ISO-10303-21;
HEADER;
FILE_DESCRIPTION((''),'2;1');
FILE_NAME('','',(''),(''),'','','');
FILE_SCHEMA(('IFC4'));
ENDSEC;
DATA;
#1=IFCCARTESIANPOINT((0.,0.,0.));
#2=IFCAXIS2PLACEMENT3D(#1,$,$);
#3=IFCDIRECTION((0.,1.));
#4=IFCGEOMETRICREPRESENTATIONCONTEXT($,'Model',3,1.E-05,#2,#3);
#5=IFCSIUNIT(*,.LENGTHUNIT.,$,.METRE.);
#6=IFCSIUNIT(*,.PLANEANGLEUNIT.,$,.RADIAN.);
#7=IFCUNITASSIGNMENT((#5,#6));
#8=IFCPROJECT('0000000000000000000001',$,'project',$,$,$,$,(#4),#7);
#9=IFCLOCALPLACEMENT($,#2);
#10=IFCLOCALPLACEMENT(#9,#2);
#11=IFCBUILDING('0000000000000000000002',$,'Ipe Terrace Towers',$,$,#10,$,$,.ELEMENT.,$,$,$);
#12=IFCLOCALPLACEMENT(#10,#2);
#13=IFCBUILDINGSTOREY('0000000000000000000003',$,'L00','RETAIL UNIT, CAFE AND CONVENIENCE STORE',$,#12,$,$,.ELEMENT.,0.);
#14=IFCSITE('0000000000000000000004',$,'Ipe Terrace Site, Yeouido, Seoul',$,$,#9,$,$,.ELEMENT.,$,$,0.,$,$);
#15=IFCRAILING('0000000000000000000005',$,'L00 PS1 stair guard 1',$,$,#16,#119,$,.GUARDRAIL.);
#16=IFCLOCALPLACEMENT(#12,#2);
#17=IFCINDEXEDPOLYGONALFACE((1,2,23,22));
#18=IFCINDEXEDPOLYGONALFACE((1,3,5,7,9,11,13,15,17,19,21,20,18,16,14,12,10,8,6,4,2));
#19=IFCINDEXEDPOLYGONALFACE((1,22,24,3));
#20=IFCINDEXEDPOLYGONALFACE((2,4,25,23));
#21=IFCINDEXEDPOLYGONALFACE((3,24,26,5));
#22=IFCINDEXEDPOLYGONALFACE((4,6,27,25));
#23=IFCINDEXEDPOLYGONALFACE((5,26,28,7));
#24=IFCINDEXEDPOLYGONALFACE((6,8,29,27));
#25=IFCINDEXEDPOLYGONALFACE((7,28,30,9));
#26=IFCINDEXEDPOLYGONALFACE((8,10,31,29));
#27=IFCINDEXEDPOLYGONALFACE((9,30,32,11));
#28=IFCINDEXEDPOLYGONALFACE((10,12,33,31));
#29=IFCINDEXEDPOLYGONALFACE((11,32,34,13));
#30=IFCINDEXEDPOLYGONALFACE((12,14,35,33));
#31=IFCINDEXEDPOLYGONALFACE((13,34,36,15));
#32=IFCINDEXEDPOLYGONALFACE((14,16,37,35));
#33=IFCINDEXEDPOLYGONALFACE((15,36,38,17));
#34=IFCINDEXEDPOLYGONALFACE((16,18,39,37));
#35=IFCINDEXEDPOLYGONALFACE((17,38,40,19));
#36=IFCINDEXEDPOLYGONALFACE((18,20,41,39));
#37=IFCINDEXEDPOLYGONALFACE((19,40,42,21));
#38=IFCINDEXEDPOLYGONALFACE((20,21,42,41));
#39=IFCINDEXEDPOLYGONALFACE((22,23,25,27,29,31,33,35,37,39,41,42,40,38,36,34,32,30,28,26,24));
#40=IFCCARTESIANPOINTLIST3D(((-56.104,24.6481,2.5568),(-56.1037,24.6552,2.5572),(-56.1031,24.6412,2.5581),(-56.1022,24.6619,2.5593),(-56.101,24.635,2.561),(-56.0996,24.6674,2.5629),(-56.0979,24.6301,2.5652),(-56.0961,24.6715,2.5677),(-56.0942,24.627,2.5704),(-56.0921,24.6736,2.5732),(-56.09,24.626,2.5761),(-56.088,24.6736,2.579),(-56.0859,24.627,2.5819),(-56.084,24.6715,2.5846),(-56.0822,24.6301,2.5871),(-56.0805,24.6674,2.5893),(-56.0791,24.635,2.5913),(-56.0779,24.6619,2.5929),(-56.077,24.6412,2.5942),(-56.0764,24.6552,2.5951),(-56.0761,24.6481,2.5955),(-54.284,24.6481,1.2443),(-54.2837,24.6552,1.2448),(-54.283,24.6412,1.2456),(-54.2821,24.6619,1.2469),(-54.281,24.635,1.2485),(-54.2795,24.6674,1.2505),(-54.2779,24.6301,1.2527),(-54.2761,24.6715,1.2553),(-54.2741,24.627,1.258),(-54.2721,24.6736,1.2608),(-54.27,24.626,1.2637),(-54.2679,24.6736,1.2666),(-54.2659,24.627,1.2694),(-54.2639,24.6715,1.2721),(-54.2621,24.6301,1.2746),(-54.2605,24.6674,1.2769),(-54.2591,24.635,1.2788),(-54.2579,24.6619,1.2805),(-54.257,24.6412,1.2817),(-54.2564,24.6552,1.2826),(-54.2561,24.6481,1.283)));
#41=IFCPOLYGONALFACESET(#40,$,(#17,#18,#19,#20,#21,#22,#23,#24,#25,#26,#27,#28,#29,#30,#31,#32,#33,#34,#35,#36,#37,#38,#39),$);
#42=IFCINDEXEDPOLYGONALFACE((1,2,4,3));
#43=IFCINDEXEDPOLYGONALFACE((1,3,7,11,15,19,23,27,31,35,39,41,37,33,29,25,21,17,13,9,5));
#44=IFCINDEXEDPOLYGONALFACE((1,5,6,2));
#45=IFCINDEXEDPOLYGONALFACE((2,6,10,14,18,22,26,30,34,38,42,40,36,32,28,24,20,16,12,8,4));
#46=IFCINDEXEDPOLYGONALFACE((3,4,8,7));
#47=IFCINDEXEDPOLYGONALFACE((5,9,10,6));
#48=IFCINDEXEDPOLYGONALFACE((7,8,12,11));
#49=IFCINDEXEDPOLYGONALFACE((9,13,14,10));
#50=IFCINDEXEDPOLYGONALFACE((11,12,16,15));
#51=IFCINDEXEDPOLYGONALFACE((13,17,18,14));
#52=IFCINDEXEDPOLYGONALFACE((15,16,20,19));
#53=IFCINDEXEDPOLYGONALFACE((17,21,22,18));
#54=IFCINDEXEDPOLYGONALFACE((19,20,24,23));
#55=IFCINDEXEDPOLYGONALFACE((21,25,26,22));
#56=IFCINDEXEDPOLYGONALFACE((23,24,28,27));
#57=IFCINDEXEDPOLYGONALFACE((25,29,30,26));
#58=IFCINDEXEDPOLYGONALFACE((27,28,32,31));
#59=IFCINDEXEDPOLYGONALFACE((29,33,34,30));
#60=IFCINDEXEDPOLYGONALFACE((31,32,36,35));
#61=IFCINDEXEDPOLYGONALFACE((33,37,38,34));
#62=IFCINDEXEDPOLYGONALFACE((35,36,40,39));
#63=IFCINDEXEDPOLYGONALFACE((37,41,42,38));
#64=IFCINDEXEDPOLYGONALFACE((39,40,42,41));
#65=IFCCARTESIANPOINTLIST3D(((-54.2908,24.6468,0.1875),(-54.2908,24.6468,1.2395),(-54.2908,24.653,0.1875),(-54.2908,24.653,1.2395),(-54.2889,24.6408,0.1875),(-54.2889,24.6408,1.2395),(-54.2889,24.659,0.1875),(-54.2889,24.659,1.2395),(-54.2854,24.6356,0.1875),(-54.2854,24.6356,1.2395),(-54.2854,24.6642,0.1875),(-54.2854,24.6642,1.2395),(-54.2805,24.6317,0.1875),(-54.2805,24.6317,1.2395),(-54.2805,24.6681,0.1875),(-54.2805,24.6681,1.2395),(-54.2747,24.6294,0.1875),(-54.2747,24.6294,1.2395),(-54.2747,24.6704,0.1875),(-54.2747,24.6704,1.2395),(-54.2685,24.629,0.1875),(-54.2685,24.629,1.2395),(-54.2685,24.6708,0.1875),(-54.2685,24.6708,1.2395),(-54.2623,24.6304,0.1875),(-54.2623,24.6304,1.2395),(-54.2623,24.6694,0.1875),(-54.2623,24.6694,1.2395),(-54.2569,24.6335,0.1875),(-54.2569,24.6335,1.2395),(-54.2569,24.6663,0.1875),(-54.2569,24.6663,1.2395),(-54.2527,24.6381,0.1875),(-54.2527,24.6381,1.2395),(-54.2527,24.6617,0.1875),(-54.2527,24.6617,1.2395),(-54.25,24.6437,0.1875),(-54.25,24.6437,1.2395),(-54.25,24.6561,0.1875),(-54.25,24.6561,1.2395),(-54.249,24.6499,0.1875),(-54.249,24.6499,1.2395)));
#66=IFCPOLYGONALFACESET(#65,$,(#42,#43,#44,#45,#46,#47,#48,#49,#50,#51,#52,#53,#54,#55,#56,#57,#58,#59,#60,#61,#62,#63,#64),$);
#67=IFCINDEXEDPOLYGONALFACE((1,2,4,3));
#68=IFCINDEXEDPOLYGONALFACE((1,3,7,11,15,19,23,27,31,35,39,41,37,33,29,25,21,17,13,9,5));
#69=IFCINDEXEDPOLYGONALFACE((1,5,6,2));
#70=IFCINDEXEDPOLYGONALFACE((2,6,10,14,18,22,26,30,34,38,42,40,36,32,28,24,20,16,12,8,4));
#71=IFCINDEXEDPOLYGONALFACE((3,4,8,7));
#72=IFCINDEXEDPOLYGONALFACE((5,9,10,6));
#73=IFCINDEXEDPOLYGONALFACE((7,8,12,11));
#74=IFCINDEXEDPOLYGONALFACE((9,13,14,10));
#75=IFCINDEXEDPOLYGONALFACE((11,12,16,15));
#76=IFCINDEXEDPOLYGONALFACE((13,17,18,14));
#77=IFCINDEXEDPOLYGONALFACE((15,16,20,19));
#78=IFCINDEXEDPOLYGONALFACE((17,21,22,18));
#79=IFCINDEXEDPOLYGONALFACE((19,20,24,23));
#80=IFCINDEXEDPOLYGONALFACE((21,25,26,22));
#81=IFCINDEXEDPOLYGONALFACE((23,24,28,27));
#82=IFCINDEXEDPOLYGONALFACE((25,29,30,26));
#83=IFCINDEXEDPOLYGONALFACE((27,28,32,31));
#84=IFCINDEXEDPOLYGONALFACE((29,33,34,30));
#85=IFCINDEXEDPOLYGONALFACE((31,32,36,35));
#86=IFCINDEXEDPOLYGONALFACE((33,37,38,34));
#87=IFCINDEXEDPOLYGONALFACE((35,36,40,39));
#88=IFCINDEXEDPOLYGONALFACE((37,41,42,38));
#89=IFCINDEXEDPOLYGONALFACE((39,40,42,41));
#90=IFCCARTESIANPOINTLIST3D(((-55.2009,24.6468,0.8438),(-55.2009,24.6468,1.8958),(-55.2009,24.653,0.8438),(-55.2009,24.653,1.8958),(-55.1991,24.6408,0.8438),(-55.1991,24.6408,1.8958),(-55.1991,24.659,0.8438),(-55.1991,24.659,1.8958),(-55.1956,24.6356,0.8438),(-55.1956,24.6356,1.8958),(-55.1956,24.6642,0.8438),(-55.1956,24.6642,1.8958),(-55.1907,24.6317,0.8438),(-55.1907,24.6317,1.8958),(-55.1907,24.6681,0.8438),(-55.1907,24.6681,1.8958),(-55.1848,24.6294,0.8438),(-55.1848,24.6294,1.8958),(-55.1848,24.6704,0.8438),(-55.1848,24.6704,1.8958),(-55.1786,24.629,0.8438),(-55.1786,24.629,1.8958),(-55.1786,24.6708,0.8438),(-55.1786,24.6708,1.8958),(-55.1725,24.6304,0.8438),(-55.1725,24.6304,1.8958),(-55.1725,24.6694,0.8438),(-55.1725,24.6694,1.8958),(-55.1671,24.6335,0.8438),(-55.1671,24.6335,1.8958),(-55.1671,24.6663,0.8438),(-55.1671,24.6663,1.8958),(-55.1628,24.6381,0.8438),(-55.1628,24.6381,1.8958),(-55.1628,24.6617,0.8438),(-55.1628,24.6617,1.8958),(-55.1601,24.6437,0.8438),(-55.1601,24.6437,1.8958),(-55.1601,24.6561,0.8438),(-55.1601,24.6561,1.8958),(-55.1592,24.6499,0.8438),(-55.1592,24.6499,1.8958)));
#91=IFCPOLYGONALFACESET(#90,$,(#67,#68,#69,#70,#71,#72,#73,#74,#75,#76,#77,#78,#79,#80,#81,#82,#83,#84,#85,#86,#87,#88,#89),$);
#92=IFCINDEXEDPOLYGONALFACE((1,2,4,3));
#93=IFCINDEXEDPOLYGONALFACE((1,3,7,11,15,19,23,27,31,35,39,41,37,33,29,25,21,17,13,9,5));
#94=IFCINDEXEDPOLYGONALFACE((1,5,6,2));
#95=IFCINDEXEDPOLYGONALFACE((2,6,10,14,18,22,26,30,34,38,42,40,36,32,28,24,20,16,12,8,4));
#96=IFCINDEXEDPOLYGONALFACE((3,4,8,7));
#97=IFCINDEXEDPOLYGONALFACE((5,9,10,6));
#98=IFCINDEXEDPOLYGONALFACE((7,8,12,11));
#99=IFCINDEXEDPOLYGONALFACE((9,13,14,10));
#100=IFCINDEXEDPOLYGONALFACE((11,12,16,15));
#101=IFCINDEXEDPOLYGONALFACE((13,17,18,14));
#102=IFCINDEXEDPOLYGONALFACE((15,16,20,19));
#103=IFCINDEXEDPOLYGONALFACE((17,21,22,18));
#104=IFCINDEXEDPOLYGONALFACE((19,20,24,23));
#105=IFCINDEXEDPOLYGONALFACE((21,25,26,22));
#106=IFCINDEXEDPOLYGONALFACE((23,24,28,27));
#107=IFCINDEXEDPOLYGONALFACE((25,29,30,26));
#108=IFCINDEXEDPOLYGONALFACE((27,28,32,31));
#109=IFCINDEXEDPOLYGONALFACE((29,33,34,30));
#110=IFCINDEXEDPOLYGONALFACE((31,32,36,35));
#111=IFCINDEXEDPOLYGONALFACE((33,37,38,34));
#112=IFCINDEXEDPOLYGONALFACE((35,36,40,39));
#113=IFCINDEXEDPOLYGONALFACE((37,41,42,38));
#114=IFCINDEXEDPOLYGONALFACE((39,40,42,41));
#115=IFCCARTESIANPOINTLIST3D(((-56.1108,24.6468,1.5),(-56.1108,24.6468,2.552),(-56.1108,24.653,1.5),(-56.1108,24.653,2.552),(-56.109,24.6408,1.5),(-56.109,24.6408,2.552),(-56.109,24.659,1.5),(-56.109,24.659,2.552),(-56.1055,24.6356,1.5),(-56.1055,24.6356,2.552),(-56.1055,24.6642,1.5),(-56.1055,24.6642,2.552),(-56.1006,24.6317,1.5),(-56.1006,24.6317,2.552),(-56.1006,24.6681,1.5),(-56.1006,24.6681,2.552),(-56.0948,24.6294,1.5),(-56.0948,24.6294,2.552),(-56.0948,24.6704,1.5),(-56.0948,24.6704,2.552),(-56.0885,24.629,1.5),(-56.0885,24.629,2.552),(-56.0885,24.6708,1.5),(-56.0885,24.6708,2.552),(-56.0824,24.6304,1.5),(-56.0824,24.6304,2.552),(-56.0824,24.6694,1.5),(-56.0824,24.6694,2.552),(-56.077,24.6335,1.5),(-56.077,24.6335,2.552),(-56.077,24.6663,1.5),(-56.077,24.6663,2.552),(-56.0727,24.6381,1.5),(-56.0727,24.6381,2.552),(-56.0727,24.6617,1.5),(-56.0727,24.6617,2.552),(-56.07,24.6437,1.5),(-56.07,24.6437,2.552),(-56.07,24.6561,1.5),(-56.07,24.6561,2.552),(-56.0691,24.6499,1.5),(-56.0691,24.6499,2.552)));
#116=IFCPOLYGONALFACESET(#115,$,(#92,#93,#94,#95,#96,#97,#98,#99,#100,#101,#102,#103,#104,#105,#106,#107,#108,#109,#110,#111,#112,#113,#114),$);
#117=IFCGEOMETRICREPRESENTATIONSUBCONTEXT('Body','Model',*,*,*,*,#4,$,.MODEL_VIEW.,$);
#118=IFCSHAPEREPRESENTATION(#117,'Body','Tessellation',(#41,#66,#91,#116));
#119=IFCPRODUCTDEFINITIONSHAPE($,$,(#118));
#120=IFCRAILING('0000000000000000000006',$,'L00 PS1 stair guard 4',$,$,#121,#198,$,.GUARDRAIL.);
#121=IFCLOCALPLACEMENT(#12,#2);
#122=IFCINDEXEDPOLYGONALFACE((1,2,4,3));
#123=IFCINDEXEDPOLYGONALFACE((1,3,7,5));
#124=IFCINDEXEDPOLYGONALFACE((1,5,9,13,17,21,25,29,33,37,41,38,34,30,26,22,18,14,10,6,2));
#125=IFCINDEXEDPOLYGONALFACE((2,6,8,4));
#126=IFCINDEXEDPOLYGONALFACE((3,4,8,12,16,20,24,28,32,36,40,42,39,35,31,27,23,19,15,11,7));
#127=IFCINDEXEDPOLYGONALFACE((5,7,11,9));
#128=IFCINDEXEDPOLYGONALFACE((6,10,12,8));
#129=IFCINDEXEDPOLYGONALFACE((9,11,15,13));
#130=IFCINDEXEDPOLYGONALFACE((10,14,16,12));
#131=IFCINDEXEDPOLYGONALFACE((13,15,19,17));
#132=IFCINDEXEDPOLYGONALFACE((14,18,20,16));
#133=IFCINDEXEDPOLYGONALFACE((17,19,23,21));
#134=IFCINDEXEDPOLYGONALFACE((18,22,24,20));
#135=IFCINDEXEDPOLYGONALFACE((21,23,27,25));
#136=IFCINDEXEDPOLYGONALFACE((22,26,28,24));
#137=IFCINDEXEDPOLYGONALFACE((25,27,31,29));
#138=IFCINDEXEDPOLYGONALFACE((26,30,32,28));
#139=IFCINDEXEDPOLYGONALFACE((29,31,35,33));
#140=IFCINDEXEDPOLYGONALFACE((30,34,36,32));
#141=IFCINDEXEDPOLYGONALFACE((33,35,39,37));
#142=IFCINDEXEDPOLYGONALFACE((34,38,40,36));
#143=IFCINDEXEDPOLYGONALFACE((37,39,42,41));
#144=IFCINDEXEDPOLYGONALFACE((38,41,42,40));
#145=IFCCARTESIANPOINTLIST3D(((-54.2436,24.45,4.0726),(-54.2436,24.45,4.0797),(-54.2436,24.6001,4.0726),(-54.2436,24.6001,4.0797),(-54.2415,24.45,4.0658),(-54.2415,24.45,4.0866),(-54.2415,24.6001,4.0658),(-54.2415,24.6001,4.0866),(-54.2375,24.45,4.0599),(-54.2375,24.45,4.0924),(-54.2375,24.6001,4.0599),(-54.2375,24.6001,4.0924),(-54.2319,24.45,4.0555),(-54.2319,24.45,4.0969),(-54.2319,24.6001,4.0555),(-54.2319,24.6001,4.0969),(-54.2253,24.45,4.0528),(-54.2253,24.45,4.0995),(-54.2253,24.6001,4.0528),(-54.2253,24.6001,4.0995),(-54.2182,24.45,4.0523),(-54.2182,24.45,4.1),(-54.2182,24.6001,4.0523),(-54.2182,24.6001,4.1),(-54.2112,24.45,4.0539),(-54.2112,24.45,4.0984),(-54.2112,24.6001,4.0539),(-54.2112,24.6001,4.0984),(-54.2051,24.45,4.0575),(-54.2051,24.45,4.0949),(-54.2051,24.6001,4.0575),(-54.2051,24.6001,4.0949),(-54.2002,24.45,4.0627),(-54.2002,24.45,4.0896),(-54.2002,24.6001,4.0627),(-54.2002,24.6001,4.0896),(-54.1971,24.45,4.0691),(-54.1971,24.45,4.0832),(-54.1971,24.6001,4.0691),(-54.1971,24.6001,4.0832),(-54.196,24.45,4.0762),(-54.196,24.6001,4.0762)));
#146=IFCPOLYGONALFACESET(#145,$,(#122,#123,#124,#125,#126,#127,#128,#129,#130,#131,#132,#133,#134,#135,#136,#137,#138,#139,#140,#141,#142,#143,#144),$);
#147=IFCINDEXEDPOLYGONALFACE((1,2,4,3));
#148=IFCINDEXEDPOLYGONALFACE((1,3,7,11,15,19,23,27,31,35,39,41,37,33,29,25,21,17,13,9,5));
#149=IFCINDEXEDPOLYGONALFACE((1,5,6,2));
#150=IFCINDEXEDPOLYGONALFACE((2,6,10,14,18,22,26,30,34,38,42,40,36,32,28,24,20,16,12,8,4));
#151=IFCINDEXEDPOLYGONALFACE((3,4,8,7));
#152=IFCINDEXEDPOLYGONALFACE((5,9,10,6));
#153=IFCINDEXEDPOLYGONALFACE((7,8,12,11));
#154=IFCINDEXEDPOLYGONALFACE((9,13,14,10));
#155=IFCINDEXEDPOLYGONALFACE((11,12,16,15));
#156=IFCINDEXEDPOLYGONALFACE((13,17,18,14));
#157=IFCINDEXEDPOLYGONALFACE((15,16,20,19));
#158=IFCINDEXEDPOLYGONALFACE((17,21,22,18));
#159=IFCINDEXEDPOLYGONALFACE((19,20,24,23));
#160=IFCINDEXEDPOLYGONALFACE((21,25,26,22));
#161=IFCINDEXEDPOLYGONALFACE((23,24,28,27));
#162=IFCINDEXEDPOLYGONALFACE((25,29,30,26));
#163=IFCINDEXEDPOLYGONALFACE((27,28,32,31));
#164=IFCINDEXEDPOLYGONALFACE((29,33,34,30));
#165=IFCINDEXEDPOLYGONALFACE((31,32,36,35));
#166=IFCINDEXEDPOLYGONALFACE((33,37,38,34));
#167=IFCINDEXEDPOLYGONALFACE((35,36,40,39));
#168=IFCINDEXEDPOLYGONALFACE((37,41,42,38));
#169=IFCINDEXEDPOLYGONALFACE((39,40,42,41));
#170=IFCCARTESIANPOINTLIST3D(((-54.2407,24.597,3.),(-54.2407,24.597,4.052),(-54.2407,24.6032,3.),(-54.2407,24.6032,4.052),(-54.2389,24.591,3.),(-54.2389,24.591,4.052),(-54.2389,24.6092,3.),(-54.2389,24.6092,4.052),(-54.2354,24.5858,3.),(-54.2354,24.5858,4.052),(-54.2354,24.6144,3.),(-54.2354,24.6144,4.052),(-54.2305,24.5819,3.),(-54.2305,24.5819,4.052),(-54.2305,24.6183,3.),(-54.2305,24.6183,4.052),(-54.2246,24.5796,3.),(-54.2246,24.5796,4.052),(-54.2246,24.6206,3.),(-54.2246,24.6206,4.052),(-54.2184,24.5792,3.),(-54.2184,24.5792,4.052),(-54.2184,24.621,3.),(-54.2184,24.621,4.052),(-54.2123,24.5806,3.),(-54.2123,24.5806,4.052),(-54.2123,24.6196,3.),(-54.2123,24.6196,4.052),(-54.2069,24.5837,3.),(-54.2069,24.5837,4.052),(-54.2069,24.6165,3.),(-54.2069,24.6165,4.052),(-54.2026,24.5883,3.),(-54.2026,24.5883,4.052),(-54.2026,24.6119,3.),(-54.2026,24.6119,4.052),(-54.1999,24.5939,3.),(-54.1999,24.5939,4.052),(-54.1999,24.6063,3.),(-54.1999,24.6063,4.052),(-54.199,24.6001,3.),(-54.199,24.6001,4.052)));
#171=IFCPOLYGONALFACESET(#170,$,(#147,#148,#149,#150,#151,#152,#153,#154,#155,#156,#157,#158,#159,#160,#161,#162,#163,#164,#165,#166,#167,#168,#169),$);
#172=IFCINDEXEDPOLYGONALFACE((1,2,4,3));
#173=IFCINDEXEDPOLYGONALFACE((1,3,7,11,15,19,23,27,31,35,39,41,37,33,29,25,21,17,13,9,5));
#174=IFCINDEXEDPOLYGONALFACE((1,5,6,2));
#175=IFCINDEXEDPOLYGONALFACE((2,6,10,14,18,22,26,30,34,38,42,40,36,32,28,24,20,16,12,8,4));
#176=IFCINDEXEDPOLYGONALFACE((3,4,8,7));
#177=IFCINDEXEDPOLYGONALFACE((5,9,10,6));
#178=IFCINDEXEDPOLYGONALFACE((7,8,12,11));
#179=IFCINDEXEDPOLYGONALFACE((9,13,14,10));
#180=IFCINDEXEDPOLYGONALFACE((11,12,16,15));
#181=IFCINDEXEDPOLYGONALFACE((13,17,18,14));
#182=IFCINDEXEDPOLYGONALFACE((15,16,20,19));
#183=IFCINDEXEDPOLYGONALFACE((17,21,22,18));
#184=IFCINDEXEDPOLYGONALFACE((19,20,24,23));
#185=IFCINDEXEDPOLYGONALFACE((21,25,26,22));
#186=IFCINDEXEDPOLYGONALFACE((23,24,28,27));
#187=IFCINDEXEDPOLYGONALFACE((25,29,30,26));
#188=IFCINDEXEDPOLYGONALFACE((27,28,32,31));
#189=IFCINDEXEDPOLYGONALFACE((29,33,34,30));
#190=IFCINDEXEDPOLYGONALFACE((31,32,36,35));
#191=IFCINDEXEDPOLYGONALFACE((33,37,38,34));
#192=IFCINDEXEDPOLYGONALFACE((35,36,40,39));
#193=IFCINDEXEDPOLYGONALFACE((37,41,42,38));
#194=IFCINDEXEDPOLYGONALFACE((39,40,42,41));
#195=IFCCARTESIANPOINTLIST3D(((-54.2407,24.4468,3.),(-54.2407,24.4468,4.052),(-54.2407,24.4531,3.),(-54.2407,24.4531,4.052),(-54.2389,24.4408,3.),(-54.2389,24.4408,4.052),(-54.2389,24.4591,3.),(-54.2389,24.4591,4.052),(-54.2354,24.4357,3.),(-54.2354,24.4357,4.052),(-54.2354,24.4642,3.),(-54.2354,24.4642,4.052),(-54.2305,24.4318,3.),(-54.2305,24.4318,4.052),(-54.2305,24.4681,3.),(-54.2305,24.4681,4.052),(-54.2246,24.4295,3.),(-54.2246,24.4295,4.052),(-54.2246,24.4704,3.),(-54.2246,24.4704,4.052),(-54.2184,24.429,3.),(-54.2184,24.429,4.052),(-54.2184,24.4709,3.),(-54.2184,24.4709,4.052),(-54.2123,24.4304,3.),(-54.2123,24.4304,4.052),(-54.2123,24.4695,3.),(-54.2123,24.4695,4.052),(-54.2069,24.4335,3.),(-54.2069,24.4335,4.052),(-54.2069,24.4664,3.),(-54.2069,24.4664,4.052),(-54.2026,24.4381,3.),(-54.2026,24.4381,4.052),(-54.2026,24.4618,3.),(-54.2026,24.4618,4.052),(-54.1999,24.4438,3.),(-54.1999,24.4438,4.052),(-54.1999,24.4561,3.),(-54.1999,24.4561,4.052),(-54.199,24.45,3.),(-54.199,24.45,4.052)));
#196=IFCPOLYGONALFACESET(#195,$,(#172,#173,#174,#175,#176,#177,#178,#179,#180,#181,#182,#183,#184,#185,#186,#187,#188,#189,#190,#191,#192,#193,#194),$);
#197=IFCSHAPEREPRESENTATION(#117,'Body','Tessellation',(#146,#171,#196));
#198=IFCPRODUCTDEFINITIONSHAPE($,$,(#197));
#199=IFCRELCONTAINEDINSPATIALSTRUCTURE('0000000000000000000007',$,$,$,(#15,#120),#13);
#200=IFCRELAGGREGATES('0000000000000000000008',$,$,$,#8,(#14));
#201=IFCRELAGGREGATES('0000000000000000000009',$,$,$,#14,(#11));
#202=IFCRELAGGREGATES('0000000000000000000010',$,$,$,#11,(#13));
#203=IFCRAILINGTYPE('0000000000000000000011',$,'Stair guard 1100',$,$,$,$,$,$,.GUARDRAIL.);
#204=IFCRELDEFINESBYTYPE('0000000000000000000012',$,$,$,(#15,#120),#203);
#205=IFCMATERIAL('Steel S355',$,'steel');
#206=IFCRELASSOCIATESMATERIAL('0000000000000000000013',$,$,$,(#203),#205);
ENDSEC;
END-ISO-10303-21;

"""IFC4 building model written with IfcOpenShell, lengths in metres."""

from ifc_helpers import new_model, si_unit, direction, frame, origin, origin_2d, place, context, subcontext, project, spatial, circle, extrude, material, type_object, element, save


model = new_model("IFC4")

# Units and contexts
model_context = context("Model", 3, precision=1e-05, world=origin(), true_north=direction((0.0, 1.0)))
body_context = subcontext(model_context, "Body", "Model", "MODEL_VIEW")
ifc_project = project(units=[si_unit("LENGTHUNIT", "METRE"), si_unit("PLANEANGLEUNIT", "RADIAN")], contexts=[model_context])

# Site, building, storey
site_placement = place(None, origin())
site = spatial("IfcSite", under=ifc_project, at=site_placement, Name="Ipe Terrace Site, Yeouido, Seoul", CompositionType="ELEMENT", RefElevation=0.0)
building_placement = place(site_placement, origin())
building = spatial("IfcBuilding", under=site, at=building_placement, Name="Ipe Terrace Towers", CompositionType="ELEMENT")
storey_placement = place(building_placement, origin())
storey = spatial("IfcBuildingStorey", under=building, at=storey_placement, Name="L00", Description="RETAIL UNIT, CAFE AND CONVENIENCE STORE", CompositionType="ELEMENT", Elevation=0.0)

# Railings
ifc_material_1 = material(Name="Steel S355", Category="steel")
railing_type_1 = type_object("IfcRailingType", Name="Stair guard 1100", PredefinedType="GUARDRAIL", material=ifc_material_1)
railing_1_placement = place(storey_placement, frame((-54.27, 24.6499, 0.1875)))
element("IfcRailing", 1, at=railing_1_placement, inside=storey, type_object=railing_type_1, Name="L00 PS1 stair guard 1", PredefinedType="GUARDRAIL", context=body_context, shape_type="SweptSolid", body=[
    extrude(circle(Radius=0.0239, at=origin_2d()), frame((0.0, 0.0, 1.0762), z_axis=(-0.811101, 0.0, 0.584906), x_axis=(0.0, -1.0, 0.0)), (0.0, 0.0, 1.0), 2.2439),
    extrude(circle(Radius=0.021, at=origin_2d()), origin(), (0.0, 0.0, 1.0), 1.052),
    extrude(circle(Radius=0.021, at=origin_2d()), frame((-0.9102, 0.0, 0.6562)), (0.0, 0.0, 1.0), 1.052),
    extrude(circle(Radius=0.021, at=origin_2d()), frame((-1.8201, 0.0, 1.3125)), (0.0, 0.0, 1.0), 1.052),
])
railing_2_placement = place(storey_placement, frame((-54.22, 24.6001, 3.0)))
element("IfcRailing", 2, at=railing_2_placement, inside=storey, type_object=railing_type_1, Name="L00 PS1 stair guard 4", PredefinedType="GUARDRAIL", context=body_context, shape_type="SweptSolid", body=[
    extrude(circle(Radius=0.0239, at=origin_2d()), frame((0.0, 0.0, 1.0762), z_axis=(0.0, -1.0, 0.0), x_axis=(1.0, 0.0, 0.0)), (0.0, 0.0, 1.0), 0.1501),
    extrude(circle(Radius=0.021, at=origin_2d()), origin(), (0.0, 0.0, 1.0), 1.052),
    extrude(circle(Radius=0.021, at=origin_2d()), frame((0.0, -0.1501, 0.0)), (0.0, 0.0, 1.0), 1.052),
])

save(model, "model.ifc")
